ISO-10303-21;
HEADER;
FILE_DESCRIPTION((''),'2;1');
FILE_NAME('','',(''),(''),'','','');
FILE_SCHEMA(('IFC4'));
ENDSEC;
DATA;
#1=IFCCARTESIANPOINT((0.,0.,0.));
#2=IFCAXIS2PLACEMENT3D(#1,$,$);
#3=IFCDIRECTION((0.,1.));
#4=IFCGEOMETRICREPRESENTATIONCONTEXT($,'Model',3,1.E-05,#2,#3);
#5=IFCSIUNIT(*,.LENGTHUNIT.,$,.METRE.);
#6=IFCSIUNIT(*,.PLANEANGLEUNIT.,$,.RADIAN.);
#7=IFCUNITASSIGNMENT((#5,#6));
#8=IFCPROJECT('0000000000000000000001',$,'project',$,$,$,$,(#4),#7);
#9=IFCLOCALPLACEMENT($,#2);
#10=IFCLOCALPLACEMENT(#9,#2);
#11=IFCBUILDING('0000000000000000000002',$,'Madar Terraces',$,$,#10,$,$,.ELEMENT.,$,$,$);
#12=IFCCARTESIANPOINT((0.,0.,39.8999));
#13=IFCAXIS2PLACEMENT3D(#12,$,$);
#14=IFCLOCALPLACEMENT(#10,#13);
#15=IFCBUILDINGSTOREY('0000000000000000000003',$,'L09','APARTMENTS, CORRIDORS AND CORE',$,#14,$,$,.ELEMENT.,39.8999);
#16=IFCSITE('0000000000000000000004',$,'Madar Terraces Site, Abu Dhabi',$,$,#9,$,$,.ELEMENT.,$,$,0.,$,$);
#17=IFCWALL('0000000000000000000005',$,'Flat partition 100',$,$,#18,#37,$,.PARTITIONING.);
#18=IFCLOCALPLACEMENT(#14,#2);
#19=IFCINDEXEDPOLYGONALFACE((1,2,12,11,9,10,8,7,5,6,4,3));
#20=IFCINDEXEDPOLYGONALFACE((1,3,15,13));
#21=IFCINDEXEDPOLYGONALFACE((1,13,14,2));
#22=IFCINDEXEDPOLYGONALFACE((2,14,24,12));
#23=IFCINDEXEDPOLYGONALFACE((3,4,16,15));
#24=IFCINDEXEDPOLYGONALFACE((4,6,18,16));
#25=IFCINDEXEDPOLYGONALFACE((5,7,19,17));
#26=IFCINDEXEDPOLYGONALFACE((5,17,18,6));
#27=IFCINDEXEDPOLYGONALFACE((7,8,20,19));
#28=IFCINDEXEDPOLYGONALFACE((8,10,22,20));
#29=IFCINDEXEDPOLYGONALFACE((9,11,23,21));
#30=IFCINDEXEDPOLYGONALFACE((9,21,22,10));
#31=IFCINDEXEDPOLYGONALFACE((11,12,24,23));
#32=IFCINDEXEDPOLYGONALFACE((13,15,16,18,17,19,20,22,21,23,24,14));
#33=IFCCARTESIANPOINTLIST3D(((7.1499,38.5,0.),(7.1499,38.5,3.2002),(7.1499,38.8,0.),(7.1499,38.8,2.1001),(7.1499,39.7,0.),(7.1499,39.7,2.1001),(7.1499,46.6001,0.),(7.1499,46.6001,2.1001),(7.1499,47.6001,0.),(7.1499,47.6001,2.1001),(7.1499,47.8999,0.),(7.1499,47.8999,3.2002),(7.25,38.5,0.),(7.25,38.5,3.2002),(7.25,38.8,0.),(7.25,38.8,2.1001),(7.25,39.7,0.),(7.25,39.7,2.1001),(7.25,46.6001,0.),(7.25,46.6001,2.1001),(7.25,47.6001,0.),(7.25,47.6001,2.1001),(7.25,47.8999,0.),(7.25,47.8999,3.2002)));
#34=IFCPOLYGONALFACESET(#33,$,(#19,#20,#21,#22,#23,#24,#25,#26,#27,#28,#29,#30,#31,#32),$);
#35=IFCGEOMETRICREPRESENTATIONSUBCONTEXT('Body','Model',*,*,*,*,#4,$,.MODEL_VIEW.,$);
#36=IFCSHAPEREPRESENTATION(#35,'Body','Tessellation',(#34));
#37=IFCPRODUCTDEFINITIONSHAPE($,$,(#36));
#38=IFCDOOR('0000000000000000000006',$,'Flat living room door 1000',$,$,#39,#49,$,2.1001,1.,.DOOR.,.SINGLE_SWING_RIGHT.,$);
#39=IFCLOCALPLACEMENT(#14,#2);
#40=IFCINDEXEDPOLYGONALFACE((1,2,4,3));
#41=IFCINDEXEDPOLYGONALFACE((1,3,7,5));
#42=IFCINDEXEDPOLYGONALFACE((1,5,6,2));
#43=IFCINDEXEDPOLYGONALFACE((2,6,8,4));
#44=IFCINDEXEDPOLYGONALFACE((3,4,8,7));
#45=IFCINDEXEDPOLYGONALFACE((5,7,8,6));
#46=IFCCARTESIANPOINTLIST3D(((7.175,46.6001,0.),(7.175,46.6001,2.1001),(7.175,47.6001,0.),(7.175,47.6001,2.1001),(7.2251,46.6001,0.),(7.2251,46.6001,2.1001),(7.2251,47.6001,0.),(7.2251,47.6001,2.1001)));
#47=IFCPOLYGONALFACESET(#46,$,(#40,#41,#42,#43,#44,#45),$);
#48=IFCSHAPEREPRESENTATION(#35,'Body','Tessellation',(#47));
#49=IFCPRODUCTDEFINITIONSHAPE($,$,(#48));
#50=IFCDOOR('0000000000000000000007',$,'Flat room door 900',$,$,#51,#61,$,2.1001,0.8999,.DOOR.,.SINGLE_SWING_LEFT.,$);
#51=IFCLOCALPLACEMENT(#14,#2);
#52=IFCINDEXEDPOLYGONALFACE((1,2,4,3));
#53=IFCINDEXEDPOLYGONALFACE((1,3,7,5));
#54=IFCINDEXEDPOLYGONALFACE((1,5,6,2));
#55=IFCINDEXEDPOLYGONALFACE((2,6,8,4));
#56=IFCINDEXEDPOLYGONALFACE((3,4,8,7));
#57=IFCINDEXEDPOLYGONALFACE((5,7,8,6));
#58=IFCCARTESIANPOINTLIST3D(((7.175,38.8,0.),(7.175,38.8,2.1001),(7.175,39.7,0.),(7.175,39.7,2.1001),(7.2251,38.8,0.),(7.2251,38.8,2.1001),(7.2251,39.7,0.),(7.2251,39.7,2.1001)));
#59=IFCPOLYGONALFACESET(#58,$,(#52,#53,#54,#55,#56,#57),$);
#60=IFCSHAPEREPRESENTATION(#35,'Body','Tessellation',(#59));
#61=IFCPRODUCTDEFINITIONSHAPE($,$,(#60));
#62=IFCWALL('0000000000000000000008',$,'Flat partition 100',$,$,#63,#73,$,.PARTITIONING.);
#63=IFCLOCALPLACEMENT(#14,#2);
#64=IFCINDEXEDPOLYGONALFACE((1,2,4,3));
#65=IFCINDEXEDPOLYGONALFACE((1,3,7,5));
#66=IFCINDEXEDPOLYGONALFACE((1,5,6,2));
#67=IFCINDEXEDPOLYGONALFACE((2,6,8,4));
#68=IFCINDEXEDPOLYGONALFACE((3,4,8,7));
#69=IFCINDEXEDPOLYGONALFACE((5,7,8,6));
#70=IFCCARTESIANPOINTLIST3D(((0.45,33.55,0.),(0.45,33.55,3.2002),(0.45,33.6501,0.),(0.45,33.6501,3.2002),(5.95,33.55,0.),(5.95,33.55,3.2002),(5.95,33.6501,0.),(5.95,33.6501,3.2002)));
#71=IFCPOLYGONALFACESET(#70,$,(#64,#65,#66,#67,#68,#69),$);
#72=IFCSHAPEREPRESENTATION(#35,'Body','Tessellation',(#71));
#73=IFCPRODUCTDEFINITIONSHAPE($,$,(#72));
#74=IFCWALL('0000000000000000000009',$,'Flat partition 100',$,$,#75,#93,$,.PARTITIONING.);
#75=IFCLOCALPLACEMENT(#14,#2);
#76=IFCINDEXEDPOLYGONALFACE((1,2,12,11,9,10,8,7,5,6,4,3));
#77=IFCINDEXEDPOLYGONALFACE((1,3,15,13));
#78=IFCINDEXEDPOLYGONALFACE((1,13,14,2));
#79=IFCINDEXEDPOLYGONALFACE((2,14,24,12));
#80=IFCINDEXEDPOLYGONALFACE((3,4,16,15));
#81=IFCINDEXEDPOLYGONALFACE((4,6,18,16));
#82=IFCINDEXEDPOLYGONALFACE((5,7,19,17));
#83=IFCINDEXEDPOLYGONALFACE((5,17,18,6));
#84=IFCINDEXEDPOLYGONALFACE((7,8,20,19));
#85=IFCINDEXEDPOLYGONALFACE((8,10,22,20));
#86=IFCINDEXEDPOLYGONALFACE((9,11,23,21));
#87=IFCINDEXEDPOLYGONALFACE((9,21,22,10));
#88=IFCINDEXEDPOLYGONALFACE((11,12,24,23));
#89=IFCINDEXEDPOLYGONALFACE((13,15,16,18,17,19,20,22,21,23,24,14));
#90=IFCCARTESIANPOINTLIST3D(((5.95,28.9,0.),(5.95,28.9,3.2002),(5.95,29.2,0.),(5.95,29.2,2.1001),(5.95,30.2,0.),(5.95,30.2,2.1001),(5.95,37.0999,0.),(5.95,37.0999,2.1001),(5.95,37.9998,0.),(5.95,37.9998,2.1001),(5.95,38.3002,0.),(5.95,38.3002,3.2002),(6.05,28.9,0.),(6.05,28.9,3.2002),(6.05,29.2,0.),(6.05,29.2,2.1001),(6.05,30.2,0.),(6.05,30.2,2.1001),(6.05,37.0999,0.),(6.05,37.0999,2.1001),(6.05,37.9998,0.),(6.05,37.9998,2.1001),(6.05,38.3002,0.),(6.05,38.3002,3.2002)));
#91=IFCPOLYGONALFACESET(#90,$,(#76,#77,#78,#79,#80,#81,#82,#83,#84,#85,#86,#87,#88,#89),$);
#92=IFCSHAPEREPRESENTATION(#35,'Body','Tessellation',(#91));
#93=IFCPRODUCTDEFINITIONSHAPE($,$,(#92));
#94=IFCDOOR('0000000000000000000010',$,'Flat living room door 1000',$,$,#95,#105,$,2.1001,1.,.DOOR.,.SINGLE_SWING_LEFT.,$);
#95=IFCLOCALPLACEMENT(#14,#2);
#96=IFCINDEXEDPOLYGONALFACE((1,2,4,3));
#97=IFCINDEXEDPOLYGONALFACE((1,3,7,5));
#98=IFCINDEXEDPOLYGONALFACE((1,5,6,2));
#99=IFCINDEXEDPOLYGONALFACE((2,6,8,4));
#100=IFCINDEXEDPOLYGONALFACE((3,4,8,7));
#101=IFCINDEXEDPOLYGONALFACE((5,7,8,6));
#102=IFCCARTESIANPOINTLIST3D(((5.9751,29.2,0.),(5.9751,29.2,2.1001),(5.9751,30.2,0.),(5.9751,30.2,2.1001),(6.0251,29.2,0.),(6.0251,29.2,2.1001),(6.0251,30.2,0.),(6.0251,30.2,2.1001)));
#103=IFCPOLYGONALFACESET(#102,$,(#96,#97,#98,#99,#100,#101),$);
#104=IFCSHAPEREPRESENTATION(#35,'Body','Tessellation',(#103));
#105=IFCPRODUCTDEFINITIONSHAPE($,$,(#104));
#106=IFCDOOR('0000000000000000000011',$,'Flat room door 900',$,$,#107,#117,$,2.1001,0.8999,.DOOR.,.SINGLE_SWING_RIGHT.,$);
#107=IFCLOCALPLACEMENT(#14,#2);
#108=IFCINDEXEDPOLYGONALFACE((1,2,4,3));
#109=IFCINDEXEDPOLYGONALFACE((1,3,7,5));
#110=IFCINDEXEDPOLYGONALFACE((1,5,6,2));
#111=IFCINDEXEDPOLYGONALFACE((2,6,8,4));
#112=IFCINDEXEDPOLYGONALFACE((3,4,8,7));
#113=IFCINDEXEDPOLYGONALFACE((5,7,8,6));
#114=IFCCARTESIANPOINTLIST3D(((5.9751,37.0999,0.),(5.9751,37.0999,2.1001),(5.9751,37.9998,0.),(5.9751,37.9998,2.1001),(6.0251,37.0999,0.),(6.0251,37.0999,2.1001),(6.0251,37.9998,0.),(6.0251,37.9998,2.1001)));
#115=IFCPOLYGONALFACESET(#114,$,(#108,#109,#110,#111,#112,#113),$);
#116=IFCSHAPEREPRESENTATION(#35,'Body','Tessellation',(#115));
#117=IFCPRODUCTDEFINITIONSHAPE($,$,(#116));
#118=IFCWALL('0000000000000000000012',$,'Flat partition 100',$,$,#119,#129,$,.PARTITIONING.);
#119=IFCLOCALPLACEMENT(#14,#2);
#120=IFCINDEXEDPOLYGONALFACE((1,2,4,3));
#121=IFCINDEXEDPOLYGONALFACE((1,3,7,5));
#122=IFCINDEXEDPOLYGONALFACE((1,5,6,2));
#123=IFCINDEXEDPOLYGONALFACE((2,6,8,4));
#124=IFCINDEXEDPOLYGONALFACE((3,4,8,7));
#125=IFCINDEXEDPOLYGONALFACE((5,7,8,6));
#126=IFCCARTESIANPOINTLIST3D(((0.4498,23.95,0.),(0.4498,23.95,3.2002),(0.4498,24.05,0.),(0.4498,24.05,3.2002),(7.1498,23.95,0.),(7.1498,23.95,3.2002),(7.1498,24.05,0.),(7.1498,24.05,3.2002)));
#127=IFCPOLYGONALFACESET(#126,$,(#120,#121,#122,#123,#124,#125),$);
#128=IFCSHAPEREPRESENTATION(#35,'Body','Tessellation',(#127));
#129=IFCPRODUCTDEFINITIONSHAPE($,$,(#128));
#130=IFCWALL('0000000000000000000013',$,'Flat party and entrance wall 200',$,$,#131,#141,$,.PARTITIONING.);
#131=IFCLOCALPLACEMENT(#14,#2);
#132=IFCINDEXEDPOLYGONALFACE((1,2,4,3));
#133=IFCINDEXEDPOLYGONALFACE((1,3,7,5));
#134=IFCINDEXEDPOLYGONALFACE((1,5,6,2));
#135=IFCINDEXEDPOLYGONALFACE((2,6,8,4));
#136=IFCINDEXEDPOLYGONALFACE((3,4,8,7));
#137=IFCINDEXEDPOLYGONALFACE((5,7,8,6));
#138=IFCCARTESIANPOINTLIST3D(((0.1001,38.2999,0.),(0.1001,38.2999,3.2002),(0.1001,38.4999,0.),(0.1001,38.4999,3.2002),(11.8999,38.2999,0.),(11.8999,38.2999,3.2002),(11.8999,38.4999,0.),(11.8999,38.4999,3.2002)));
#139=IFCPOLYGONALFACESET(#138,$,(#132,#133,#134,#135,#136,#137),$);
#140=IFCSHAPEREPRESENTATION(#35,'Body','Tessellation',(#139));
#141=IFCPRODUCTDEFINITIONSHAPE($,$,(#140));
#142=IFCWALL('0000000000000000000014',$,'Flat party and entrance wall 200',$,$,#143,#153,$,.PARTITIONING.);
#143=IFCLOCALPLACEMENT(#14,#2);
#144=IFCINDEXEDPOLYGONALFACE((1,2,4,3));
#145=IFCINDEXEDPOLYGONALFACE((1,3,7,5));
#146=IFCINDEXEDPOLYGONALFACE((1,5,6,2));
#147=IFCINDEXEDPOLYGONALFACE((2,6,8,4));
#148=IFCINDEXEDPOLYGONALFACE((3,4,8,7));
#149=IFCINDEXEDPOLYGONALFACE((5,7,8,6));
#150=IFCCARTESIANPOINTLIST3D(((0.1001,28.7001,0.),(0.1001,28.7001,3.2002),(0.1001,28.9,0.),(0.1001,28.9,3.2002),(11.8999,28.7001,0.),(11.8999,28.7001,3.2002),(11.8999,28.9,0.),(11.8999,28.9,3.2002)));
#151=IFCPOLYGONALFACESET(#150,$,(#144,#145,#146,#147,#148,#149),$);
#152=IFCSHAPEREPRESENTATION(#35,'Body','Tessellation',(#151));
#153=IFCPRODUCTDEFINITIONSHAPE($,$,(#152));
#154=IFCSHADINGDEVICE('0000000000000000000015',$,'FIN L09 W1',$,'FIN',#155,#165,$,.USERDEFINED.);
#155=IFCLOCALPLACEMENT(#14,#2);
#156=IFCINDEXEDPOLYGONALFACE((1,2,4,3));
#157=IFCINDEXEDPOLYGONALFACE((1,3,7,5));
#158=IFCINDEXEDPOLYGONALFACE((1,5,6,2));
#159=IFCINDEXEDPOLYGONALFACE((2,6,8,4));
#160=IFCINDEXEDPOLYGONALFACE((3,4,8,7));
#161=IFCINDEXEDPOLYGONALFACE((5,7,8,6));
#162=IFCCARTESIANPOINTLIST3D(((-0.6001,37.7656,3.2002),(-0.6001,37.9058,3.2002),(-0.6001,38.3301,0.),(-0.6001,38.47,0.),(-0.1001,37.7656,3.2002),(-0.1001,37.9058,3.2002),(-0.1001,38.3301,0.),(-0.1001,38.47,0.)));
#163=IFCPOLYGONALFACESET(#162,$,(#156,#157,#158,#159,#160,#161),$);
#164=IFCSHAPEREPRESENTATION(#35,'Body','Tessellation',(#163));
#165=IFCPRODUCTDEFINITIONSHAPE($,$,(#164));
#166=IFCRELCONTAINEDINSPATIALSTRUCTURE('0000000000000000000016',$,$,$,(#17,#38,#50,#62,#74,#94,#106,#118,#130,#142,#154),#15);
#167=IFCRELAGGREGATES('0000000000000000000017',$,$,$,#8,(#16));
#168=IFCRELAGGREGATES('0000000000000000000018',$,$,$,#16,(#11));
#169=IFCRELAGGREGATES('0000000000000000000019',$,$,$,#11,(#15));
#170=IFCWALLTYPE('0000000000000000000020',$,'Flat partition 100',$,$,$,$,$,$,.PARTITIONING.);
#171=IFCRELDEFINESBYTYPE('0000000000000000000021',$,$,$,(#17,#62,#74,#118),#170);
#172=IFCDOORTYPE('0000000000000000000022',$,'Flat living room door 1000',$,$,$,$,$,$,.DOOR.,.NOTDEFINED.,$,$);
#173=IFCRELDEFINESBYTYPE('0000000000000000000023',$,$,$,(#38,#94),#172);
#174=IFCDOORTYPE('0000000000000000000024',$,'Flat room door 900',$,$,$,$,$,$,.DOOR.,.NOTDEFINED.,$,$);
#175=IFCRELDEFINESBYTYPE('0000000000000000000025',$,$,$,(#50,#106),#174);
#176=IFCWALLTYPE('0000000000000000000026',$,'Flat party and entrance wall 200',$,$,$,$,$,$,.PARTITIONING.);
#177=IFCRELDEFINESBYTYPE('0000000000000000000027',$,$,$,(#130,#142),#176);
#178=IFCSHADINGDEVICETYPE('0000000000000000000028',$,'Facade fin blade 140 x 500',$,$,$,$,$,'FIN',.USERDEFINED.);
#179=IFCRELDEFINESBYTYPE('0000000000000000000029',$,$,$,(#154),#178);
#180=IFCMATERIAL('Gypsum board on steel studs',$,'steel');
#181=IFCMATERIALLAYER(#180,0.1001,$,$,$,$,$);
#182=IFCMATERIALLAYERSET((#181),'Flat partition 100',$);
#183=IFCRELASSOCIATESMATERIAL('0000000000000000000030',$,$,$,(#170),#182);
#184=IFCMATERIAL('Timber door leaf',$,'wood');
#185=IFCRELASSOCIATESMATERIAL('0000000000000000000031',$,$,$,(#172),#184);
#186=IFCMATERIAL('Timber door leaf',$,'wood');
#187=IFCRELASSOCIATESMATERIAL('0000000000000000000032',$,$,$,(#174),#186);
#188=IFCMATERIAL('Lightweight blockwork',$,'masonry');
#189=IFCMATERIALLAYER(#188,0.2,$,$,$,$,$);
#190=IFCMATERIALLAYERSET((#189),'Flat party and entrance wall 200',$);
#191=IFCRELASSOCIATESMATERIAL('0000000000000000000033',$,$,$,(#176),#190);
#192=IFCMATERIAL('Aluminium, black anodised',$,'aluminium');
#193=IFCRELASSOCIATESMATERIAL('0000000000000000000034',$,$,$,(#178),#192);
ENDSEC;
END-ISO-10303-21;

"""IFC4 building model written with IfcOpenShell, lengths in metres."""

from ifc_helpers import new_model, si_unit, direction, frame, frame_2d, origin, place, context, subcontext, project, spatial, polyline, rectangle, outline, extrude, material, layer, layer_set, type_object, element, fill, save


model = new_model("IFC4")

# Units and contexts
model_context = context("Model", 3, precision=1e-05, world=origin(), true_north=direction((0.0, 1.0)))
body_context = subcontext(model_context, "Body", "Model", "MODEL_VIEW")
ifc_project = project(units=[si_unit("LENGTHUNIT", "METRE"), si_unit("PLANEANGLEUNIT", "RADIAN")], contexts=[model_context])

# Site, building, storey
site_placement = place(None, origin())
site = spatial("IfcSite", under=ifc_project, at=site_placement, Name="Madar Terraces Site, Abu Dhabi", CompositionType="ELEMENT", RefElevation=0.0)
building_placement = place(site_placement, origin())
building = spatial("IfcBuilding", under=site, at=building_placement, Name="Madar Terraces", CompositionType="ELEMENT")
storey_placement = place(building_placement, frame((0.0, 0.0, 39.8999)))
storey = spatial("IfcBuildingStorey", under=building, at=storey_placement, Name="L09", Description="APARTMENTS, CORRIDORS AND CORE", CompositionType="ELEMENT", Elevation=39.8999)

# Wall, openings, doors
ifc_material_1 = material(Name="Gypsum board on steel studs", Category="steel")
ifc_layer_1 = layer(ifc_material_1, 0.1001)
ifc_layer_set_1 = layer_set([ifc_layer_1], Name="Flat partition 100")
wall_type_1 = type_object("IfcWallType", Name="Flat partition 100", PredefinedType="PARTITIONING", material=ifc_layer_set_1)
wall_1_placement = place(storey_placement, frame((7.2, 38.5, 0.0), z_axis=(0.0, 0.0, 1.0), x_axis=(0.0, 1.0, 0.0)))
wall_1 = element("IfcWall", 1, at=wall_1_placement, inside=storey, type_object=wall_type_1, Name="Flat partition 100", PredefinedType="PARTITIONING", context=body_context, shape_type="SweptSolid", body=[
    extrude(rectangle(XDim=9.3999, YDim=0.1001, at=frame_2d((4.7, 0.0))), origin(), (0.0, 0.0, 1.0), 3.2002),
])
opening_1_placement = place(wall_1_placement, frame((0.3, 0.0, 0.0)))
opening_1 = element("IfcOpeningElement", 2, at=opening_1_placement, cuts=wall_1, PredefinedType="OPENING", context=body_context, shape_type="SweptSolid", body=[
    extrude(rectangle(XDim=0.8999, YDim=2.1001, at=frame_2d((0.45, 1.05))), frame((0.0, 0.0601, 0.0), z_axis=(0.0, -1.0, 0.0), x_axis=(1.0, 0.0, 0.0)), (0.0, 0.0, 1.0), 0.1201),
])
opening_2_placement = place(wall_1_placement, frame((8.1001, 0.0, 0.0)))
opening_2 = element("IfcOpeningElement", 3, at=opening_2_placement, cuts=wall_1, PredefinedType="OPENING", context=body_context, shape_type="SweptSolid", body=[
    extrude(rectangle(XDim=1.0, YDim=2.1001, at=frame_2d((0.5, 1.05))), frame((0.0, 0.0601, 0.0), z_axis=(0.0, -1.0, 0.0), x_axis=(1.0, 0.0, 0.0)), (0.0, 0.0, 1.0), 0.1201),
])
ifc_material_2 = material(Name="Timber door leaf", Category="wood")
door_type_1 = type_object("IfcDoorType", Name="Flat living room door 1000", OperationType="NOTDEFINED", PredefinedType="DOOR", material=ifc_material_2)
door_1_placement = place(opening_2_placement, origin())
door_1 = element("IfcDoor", 4, at=door_1_placement, inside=storey, type_object=door_type_1, Name="Flat living room door 1000", OperationType="SINGLE_SWING_RIGHT", OverallHeight=2.1001, OverallWidth=1.0, PredefinedType="DOOR", context=body_context, shape_type="SweptSolid", body=[
    extrude(rectangle(XDim=1.0, YDim=2.1001, at=frame_2d((0.5, 1.05))), frame((0.0, 0.0249, 0.0), z_axis=(0.0, -1.0, 0.0), x_axis=(1.0, 0.0, 0.0)), (0.0, 0.0, 1.0), 0.05),
])
fill(opening_2, door_1)
ifc_material_3 = material(Name="Timber door leaf", Category="wood")
door_type_2 = type_object("IfcDoorType", Name="Flat room door 900", OperationType="NOTDEFINED", PredefinedType="DOOR", material=ifc_material_3)
door_2_placement = place(opening_1_placement, origin())
door_2 = element("IfcDoor", 5, at=door_2_placement, inside=storey, type_object=door_type_2, Name="Flat room door 900", OperationType="SINGLE_SWING_LEFT", OverallHeight=2.1001, OverallWidth=0.8999, PredefinedType="DOOR", context=body_context, shape_type="SweptSolid", body=[
    extrude(rectangle(XDim=0.8999, YDim=2.1001, at=frame_2d((0.45, 1.05))), frame((0.0, 0.0249, 0.0), z_axis=(0.0, -1.0, 0.0), x_axis=(1.0, 0.0, 0.0)), (0.0, 0.0, 1.0), 0.05),
])
fill(opening_1, door_2)

# Wall
wall_2_placement = place(storey_placement, frame((5.95, 33.6001, 0.0), z_axis=(0.0, 0.0, 1.0), x_axis=(-1.0, 0.0, 0.0)))
element("IfcWall", 6, at=wall_2_placement, inside=storey, type_object=wall_type_1, Name="Flat partition 100", PredefinedType="PARTITIONING", context=body_context, shape_type="SweptSolid", body=[
    extrude(rectangle(XDim=5.5, YDim=0.1001, at=frame_2d((2.75, 0.0))), origin(), (0.0, 0.0, 1.0), 3.2002),
])

# Wall, openings, doors
wall_3_placement = place(storey_placement, frame((6.0, 28.8999, 0.0), z_axis=(0.0, 0.0, 1.0), x_axis=(0.0, 1.0, 0.0)))
wall_3 = element("IfcWall", 7, at=wall_3_placement, inside=storey, type_object=wall_type_1, Name="Flat partition 100", PredefinedType="PARTITIONING", context=body_context, shape_type="SweptSolid", body=[
    extrude(rectangle(XDim=9.4001, YDim=0.1001, at=frame_2d((4.7002, 0.0))), origin(), (0.0, 0.0, 1.0), 3.2002),
])
opening_3_placement = place(wall_3_placement, frame((0.3, 0.0, 0.0)))
opening_3 = element("IfcOpeningElement", 8, at=opening_3_placement, cuts=wall_3, PredefinedType="OPENING", context=body_context, shape_type="SweptSolid", body=[
    extrude(rectangle(XDim=1.0, YDim=2.1001, at=frame_2d((0.5, 1.05))), frame((0.0, 0.0601, 0.0), z_axis=(0.0, -1.0, 0.0), x_axis=(1.0, 0.0, 0.0)), (0.0, 0.0, 1.0), 0.1201),
])
opening_4_placement = place(wall_3_placement, frame((8.2, 0.0, 0.0)))
opening_4 = element("IfcOpeningElement", 9, at=opening_4_placement, cuts=wall_3, PredefinedType="OPENING", context=body_context, shape_type="SweptSolid", body=[
    extrude(rectangle(XDim=0.8999, YDim=2.1001, at=frame_2d((0.45, 1.05))), frame((0.0, 0.0601, 0.0), z_axis=(0.0, -1.0, 0.0), x_axis=(1.0, 0.0, 0.0)), (0.0, 0.0, 1.0), 0.1201),
])
door_3_placement = place(opening_3_placement, origin())
door_3 = element("IfcDoor", 10, at=door_3_placement, inside=storey, type_object=door_type_1, Name="Flat living room door 1000", OperationType="SINGLE_SWING_LEFT", OverallHeight=2.1001, OverallWidth=1.0, PredefinedType="DOOR", context=body_context, shape_type="SweptSolid", body=[
    extrude(rectangle(XDim=1.0, YDim=2.1001, at=frame_2d((0.5, 1.05))), frame((0.0, 0.0249, 0.0), z_axis=(0.0, -1.0, 0.0), x_axis=(1.0, 0.0, 0.0)), (0.0, 0.0, 1.0), 0.05),
])
fill(opening_3, door_3)
door_4_placement = place(opening_4_placement, origin())
door_4 = element("IfcDoor", 11, at=door_4_placement, inside=storey, type_object=door_type_2, Name="Flat room door 900", OperationType="SINGLE_SWING_RIGHT", OverallHeight=2.1001, OverallWidth=0.8999, PredefinedType="DOOR", context=body_context, shape_type="SweptSolid", body=[
    extrude(rectangle(XDim=0.8999, YDim=2.1001, at=frame_2d((0.45, 1.05))), frame((0.0, 0.0249, 0.0), z_axis=(0.0, -1.0, 0.0), x_axis=(1.0, 0.0, 0.0)), (0.0, 0.0, 1.0), 0.05),
])
fill(opening_4, door_4)

# Walls
wall_4_placement = place(storey_placement, frame((7.1499, 24.0, 0.0), z_axis=(0.0, 0.0, 1.0), x_axis=(-1.0, 0.0, 0.0)))
element("IfcWall", 12, at=wall_4_placement, inside=storey, type_object=wall_type_1, Name="Flat partition 100", PredefinedType="PARTITIONING", context=body_context, shape_type="SweptSolid", body=[
    extrude(rectangle(XDim=6.7, YDim=0.1001, at=frame_2d((3.3501, 0.0))), origin(), (0.0, 0.0, 1.0), 3.2002),
])
ifc_material_4 = material(Name="Lightweight blockwork", Category="masonry")
ifc_layer_2 = layer(ifc_material_4, 0.2)
ifc_layer_set_2 = layer_set([ifc_layer_2], Name="Flat party and entrance wall 200")
wall_type_2 = type_object("IfcWallType", Name="Flat party and entrance wall 200", PredefinedType="PARTITIONING", material=ifc_layer_set_2)
for number, where, z_axis, x_axis, name in (
    (13, (0.1001, 38.3999, 0.0), (0.0, 0.0, 1.0), (1.0, 0.0, 0.0), "Flat party and entrance wall 200"),
    (14, (0.1001, 28.8, 0.0), (0.0, 0.0, 1.0), (1.0, 0.0, 0.0), "Flat party and entrance wall 200"),
):
    element("IfcWall", number, at=place(storey_placement, frame(where, z_axis=z_axis, x_axis=x_axis)), inside=storey, type_object=wall_type_2, Name=name, PredefinedType="PARTITIONING", context=body_context, shape_type="SweptSolid", body=[
        extrude(rectangle(XDim=11.7998, YDim=0.2, at=frame_2d((5.8999, 0.0))), origin(), (0.0, 0.0, 1.0), 3.2002),
    ])

# Shading device
ifc_material_5 = material(Name="Aluminium, black anodised", Category="aluminium")
shading_device_type = type_object("IfcShadingDeviceType", Name="Facade fin blade 140 x 500", ElementType="FIN", PredefinedType="USERDEFINED", material=ifc_material_5)
shading_device_1_placement = place(storey_placement, frame((-0.3501, 38.47, 0.0), z_axis=(0.0, 0.0, 1.0), x_axis=(0.0, -1.0, 0.0)))
element("IfcShadingDevice", 15, at=shading_device_1_placement, inside=storey, type_object=shading_device_type, Name="FIN L09 W1", ObjectType="FIN", PredefinedType="USERDEFINED", context=body_context, shape_type="SweptSolid", body=[
    extrude(outline(polyline([(0.0, 0.0), (0.1399, 0.0), (0.7043, 3.2002), (0.5642, 3.2002), (0.0, 0.0)])), frame((0.0, 0.25, 0.0), z_axis=(0.0, -1.0, 0.0), x_axis=(1.0, 0.0, 0.0)), (0.0, 0.0, 1.0), 0.5),
])

save(model, "model.ifc")
